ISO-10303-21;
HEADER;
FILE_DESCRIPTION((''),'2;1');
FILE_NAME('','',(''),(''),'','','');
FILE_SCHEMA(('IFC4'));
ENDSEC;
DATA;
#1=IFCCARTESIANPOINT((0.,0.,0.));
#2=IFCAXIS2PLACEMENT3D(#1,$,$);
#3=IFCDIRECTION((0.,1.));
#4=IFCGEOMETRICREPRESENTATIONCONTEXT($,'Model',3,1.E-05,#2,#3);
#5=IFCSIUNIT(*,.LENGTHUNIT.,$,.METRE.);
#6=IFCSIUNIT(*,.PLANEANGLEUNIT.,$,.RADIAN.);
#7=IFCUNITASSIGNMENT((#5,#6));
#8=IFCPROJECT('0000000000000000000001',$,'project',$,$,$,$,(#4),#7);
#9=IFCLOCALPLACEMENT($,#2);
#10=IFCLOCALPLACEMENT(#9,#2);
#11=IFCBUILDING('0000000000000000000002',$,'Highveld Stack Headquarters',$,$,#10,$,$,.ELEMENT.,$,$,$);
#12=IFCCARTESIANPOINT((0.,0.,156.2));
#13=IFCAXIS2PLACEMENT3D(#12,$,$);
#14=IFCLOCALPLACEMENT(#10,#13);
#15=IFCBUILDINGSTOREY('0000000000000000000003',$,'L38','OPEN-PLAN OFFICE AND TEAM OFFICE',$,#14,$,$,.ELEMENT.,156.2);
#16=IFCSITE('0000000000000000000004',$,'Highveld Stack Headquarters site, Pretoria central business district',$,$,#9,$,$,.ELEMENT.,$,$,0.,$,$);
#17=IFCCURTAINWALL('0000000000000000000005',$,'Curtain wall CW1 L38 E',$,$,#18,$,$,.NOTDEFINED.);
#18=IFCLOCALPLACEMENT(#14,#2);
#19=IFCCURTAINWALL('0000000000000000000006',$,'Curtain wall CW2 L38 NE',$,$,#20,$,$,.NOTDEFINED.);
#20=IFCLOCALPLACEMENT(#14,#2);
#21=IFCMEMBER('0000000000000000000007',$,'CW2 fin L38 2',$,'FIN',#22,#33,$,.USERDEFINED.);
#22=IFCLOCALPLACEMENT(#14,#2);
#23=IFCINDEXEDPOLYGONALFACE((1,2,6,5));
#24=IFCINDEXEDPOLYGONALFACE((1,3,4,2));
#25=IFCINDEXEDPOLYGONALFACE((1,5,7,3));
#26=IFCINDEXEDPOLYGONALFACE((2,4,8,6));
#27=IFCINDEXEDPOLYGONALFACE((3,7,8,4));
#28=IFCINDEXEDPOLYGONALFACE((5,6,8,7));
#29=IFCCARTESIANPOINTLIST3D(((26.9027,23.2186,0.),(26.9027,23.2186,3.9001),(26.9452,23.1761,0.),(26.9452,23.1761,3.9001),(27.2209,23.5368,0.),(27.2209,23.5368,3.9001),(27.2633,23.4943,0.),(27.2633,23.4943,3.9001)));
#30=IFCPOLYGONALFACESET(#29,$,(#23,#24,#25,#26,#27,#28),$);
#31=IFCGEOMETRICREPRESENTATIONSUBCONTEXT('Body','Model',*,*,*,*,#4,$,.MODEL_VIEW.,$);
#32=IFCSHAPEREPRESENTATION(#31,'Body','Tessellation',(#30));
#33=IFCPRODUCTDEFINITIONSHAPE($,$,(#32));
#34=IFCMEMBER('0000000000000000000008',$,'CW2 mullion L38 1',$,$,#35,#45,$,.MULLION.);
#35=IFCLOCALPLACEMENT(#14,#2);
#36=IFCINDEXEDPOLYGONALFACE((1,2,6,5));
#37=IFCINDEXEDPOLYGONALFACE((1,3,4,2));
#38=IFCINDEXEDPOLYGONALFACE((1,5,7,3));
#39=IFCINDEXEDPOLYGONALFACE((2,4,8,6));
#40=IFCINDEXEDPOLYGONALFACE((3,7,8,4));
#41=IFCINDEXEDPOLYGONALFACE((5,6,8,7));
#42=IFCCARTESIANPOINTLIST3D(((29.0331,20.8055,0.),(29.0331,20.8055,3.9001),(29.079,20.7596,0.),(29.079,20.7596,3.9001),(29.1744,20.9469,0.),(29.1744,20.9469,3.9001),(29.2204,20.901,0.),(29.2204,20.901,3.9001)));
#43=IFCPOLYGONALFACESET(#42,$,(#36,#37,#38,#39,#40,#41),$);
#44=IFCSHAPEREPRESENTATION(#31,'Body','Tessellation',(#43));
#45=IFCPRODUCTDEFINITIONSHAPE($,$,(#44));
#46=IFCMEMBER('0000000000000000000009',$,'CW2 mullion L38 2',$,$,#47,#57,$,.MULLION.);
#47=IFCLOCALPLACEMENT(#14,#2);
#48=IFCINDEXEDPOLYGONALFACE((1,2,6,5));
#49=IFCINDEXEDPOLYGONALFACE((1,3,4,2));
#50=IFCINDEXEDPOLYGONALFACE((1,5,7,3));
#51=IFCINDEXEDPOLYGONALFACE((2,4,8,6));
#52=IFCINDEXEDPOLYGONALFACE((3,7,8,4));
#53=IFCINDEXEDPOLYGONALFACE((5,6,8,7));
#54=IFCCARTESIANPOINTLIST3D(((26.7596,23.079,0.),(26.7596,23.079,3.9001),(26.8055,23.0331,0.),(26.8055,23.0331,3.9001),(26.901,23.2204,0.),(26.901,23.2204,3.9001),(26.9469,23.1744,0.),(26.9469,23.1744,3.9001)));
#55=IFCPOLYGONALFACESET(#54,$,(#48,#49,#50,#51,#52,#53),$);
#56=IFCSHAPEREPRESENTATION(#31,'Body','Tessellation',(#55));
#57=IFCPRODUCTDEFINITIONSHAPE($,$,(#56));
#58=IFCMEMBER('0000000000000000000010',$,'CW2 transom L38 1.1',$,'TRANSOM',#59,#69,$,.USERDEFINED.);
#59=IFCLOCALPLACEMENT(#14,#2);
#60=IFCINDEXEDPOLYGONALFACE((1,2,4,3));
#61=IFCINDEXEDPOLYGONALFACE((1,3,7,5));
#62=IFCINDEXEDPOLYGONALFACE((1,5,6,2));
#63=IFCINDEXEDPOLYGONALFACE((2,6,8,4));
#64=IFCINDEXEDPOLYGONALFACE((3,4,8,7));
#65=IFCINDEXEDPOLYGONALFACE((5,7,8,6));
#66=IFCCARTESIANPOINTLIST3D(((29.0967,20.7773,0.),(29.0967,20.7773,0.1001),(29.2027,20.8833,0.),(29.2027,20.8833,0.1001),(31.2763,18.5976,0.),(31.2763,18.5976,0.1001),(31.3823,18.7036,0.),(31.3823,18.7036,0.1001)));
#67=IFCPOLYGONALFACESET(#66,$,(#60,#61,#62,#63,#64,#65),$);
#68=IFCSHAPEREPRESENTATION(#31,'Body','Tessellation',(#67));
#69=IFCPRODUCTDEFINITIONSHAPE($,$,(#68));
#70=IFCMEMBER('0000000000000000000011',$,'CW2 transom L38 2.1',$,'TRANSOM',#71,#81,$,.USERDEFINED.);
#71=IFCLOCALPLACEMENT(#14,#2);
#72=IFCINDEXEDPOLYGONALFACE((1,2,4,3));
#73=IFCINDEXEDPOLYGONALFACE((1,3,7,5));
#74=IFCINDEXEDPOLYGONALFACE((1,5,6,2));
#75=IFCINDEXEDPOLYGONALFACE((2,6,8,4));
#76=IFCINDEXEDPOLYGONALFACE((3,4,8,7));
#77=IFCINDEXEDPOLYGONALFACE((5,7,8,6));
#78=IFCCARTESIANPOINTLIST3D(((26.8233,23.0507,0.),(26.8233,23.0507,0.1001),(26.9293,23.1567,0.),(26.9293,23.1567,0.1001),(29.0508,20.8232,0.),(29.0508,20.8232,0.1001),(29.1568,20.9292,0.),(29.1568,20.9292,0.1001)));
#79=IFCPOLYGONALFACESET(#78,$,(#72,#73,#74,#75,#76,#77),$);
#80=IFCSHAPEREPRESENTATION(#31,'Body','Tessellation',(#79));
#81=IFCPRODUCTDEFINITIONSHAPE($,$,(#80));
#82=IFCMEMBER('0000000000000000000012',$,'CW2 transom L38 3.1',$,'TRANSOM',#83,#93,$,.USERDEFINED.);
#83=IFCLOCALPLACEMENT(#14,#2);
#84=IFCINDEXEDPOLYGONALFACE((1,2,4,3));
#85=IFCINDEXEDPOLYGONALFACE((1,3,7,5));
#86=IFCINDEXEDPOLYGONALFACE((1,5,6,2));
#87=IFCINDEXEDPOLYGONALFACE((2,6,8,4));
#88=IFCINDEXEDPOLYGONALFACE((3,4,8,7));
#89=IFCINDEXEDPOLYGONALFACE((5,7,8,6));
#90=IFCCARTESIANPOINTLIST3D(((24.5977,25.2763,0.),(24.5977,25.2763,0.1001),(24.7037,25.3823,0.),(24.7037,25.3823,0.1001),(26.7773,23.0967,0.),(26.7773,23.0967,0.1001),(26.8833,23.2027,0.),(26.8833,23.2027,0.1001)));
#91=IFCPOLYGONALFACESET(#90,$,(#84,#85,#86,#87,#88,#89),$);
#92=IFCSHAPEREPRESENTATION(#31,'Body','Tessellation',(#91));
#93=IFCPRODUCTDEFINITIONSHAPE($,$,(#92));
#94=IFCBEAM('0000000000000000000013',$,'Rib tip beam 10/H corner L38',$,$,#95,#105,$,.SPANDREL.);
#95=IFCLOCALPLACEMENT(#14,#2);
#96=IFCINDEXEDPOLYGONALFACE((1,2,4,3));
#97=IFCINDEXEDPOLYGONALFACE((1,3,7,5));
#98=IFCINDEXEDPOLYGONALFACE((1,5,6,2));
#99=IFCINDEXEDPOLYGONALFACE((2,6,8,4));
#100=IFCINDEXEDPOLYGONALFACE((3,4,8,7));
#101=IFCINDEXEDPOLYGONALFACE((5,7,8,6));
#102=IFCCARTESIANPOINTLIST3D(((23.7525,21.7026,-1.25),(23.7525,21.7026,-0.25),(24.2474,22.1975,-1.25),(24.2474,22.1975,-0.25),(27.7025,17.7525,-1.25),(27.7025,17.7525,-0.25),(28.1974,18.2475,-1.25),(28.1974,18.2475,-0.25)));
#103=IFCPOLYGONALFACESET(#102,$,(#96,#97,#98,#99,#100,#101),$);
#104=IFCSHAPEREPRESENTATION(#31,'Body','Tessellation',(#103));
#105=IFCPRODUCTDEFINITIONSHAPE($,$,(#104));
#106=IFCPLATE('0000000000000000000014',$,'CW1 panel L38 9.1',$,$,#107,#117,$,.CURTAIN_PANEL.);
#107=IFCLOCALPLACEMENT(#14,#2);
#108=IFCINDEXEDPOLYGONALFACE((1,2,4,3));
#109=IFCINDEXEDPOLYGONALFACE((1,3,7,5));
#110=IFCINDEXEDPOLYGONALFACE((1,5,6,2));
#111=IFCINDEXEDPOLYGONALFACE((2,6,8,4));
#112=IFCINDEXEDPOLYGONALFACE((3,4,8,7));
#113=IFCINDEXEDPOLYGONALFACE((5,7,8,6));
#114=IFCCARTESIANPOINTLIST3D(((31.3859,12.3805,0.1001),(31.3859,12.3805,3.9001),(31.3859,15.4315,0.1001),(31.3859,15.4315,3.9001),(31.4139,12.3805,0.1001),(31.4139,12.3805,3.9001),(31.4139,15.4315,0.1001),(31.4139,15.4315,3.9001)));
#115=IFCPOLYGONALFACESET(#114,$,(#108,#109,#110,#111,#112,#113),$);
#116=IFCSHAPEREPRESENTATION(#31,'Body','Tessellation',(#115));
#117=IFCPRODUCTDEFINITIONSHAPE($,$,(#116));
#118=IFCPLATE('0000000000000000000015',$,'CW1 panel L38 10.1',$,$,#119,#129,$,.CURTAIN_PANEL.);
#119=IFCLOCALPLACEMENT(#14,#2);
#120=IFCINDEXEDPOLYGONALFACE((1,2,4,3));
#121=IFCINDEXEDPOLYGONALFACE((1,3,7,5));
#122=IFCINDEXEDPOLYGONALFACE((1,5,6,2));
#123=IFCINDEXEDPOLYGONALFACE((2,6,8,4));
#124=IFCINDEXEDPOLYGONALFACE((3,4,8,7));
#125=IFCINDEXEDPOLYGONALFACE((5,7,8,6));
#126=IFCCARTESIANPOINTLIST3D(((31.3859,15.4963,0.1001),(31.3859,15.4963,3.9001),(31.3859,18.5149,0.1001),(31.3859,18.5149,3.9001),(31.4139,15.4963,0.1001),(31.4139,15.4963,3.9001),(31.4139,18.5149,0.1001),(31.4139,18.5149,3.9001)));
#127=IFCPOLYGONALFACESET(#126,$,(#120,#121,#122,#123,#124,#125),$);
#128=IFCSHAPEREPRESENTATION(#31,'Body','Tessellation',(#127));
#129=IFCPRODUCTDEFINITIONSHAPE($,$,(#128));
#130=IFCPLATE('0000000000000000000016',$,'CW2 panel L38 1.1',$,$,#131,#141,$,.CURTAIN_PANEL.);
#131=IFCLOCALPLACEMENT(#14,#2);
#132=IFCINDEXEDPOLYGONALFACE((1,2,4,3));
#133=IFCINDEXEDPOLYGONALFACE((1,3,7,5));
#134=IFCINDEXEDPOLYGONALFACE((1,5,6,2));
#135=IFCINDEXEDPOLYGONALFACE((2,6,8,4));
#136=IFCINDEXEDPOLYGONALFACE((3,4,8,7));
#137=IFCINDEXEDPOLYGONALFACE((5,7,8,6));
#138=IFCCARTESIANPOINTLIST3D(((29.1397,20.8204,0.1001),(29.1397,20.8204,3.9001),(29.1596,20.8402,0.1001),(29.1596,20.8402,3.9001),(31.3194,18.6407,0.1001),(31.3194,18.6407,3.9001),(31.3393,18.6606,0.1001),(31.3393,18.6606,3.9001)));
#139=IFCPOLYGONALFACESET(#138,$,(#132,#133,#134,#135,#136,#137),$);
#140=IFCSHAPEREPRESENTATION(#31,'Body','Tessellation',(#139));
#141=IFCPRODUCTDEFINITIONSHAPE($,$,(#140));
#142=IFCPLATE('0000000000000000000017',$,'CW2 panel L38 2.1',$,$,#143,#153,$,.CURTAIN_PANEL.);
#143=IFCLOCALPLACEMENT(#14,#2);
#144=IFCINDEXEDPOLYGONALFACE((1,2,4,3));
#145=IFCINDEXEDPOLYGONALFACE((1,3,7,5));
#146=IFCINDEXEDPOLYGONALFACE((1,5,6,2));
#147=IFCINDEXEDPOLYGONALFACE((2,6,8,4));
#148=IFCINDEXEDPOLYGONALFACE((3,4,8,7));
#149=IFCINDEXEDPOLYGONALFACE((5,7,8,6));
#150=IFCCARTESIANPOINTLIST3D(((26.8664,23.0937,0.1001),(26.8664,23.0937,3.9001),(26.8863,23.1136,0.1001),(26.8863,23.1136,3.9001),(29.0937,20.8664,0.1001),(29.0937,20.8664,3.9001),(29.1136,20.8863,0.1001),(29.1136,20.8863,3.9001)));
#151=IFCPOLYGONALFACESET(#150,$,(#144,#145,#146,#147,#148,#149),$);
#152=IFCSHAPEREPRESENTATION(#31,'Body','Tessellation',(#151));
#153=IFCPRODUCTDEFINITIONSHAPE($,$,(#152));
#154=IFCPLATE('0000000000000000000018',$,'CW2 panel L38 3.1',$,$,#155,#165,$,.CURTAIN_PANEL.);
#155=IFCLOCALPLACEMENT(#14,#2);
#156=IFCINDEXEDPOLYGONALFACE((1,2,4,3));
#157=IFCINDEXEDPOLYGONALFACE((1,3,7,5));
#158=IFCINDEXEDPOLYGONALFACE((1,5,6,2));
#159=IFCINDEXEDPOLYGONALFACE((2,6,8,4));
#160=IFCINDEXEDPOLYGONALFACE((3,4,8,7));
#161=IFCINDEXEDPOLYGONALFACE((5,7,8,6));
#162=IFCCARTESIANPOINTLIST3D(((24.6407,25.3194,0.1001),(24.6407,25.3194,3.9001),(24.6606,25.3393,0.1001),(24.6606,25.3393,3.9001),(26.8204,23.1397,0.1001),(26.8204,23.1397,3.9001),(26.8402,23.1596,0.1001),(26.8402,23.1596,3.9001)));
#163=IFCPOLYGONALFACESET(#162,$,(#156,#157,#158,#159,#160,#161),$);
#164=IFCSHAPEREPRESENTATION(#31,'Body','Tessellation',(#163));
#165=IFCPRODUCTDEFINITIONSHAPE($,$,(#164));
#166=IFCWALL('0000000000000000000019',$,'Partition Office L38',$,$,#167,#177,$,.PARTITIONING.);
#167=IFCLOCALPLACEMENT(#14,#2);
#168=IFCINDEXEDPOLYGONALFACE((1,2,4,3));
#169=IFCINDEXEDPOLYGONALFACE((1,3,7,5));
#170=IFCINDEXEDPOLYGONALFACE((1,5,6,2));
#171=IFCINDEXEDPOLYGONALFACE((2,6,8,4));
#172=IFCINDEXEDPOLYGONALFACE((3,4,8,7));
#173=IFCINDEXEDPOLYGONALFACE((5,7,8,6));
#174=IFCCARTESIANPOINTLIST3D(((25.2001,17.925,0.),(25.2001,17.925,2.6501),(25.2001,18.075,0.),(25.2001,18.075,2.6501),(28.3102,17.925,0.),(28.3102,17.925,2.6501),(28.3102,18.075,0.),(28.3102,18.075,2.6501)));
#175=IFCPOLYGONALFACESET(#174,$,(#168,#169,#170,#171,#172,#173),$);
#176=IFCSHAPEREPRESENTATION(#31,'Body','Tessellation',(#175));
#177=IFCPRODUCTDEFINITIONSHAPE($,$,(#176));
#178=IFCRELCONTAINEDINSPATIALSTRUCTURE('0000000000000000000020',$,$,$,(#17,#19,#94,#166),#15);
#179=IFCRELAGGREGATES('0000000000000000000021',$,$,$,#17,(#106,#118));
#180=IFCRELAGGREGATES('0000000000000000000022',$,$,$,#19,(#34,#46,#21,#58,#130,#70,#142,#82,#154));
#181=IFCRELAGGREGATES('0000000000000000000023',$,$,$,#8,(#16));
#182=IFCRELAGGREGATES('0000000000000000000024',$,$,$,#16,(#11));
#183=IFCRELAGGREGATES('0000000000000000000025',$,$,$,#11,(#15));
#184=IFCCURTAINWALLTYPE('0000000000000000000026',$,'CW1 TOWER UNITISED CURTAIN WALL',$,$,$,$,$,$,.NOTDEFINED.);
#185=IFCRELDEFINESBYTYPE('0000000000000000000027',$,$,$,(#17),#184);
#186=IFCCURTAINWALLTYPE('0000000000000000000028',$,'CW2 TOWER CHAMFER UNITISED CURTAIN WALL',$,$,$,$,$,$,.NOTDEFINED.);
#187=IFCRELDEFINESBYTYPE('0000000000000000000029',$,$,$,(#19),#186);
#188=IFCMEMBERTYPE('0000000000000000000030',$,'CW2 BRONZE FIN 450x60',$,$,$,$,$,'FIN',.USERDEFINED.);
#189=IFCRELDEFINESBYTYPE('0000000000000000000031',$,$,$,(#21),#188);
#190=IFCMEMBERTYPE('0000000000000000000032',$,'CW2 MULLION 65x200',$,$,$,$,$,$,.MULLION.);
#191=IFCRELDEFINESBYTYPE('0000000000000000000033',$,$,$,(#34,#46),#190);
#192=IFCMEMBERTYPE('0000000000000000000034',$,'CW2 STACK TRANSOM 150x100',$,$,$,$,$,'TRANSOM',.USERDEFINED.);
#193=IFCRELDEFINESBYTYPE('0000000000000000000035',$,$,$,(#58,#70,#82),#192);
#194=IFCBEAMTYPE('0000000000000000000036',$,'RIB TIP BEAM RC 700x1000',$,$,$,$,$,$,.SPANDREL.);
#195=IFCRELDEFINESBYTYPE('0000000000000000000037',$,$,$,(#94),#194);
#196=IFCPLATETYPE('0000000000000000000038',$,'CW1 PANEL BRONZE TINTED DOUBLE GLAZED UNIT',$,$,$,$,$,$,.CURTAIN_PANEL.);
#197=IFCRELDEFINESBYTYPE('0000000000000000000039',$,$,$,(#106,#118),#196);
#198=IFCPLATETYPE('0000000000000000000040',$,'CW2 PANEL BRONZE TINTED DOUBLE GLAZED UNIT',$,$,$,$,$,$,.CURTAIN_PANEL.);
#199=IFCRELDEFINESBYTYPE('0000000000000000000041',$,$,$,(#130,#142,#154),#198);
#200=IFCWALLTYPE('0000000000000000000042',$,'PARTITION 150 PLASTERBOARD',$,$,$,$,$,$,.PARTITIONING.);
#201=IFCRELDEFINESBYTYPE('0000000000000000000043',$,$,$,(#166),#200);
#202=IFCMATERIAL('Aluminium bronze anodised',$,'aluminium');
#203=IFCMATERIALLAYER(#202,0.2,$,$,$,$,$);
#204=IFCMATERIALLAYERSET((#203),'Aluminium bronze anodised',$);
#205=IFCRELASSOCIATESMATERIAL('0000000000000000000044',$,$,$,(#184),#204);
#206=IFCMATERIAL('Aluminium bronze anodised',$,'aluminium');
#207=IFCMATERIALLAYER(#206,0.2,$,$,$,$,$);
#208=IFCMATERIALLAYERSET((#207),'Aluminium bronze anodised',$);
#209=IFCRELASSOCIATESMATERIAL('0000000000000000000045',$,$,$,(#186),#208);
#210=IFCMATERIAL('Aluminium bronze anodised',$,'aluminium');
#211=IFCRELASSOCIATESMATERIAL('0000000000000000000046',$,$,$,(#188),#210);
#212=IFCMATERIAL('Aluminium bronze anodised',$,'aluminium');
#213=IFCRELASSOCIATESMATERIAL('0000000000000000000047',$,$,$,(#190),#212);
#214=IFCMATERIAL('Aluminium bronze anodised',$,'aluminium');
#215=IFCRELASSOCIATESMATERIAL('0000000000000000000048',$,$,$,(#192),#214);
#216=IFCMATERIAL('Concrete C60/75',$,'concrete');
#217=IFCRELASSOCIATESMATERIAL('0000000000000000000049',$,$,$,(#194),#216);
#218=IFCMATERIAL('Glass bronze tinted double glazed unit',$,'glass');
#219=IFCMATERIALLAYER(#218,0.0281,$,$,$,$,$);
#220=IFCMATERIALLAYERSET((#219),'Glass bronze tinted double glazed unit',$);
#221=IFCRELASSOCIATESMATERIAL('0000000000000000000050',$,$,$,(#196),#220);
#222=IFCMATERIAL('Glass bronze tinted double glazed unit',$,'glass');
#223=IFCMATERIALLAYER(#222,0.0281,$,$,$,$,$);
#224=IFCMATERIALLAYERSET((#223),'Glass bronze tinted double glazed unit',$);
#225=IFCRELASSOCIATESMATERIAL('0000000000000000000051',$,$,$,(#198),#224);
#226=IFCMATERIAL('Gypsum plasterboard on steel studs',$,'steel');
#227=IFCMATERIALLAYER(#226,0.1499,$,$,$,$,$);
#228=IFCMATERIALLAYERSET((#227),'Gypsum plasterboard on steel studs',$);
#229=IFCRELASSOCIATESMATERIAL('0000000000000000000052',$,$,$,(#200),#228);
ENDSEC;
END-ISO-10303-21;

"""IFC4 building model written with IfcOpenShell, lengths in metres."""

from ifc_helpers import new_model, si_unit, direction, frame, frame_2d, origin, origin_2d, place, context, subcontext, project, spatial, rectangle, extrude, material, layer, layer_set, material_profile, profile_set, type_object, element, aggregate, save


model = new_model("IFC4")

# Units and contexts
model_context = context("Model", 3, precision=1e-05, world=origin(), true_north=direction((0.0, 1.0)))
body_context = subcontext(model_context, "Body", "Model", "MODEL_VIEW")
ifc_project = project(units=[si_unit("LENGTHUNIT", "METRE"), si_unit("PLANEANGLEUNIT", "RADIAN")], contexts=[model_context])

# Site, building, storey
site_placement = place(None, origin())
site = spatial("IfcSite", under=ifc_project, at=site_placement, Name="Highveld Stack Headquarters site, Pretoria central business district", CompositionType="ELEMENT", RefElevation=0.0)
building_placement = place(site_placement, origin())
building = spatial("IfcBuilding", under=site, at=building_placement, Name="Highveld Stack Headquarters", CompositionType="ELEMENT")
storey_placement = place(building_placement, frame((0.0, 0.0, 156.2)))
storey = spatial("IfcBuildingStorey", under=building, at=storey_placement, Name="L38", Description="OPEN-PLAN OFFICE AND TEAM OFFICE", CompositionType="ELEMENT", Elevation=156.2)

# Curtain wall
ifc_material_1 = material(Name="Aluminium bronze anodised", Category="aluminium")
ifc_layer_1 = layer(ifc_material_1, 0.2)
ifc_layer_set_1 = layer_set([ifc_layer_1], Name="Aluminium bronze anodised")
curtain_wall_type_1 = type_object("IfcCurtainWallType", Name="CW1 TOWER UNITISED CURTAIN WALL", PredefinedType="NOTDEFINED", material=ifc_layer_set_1)
curtain_wall_1_placement = place(storey_placement, origin())
curtain_wall_1 = element("IfcCurtainWall", 1, at=curtain_wall_1_placement, inside=storey, type_object=curtain_wall_type_1, Name="Curtain wall CW1 L38 E", PredefinedType="NOTDEFINED")

# Curtain wall, members
ifc_material_2 = material(Name="Aluminium bronze anodised", Category="aluminium")
ifc_layer_2 = layer(ifc_material_2, 0.2)
ifc_layer_set_2 = layer_set([ifc_layer_2], Name="Aluminium bronze anodised")
curtain_wall_type_2 = type_object("IfcCurtainWallType", Name="CW2 TOWER CHAMFER UNITISED CURTAIN WALL", PredefinedType="NOTDEFINED", material=ifc_layer_set_2)
curtain_wall_2_placement = place(storey_placement, origin())
curtain_wall_2 = element("IfcCurtainWall", 2, at=curtain_wall_2_placement, inside=storey, type_object=curtain_wall_type_2, Name="Curtain wall CW2 L38 NE", PredefinedType="NOTDEFINED")
ifc_material_3 = material(Name="Aluminium bronze anodised", Category="aluminium")
ifc_material_profile_1 = material_profile(ifc_material_3, rectangle(XDim=0.45, YDim=0.0601, at=origin_2d()), Name="FIN 450x60")
ifc_profile_set_1 = profile_set([ifc_material_profile_1], Name="Aluminium bronze anodised")
member_type_1 = type_object("IfcMemberType", Name="CW2 BRONZE FIN 450x60", ElementType="FIN", PredefinedType="USERDEFINED", material=ifc_profile_set_1)
member_1_placement = place(storey_placement, frame((27.083, 23.3564, 0.0), z_axis=(0.0, 0.0, 1.0), x_axis=(-0.707107, -0.707107, 0.0)))
member_1 = element("IfcMember", 3, at=member_1_placement, type_object=member_type_1, Name="CW2 fin L38 2", ObjectType="FIN", PredefinedType="USERDEFINED", context=body_context, shape_type="SweptSolid", body=[
    extrude(rectangle(XDim=0.45, YDim=0.0601, at=origin_2d()), origin(), (0.0, 0.0, 1.0), 3.9001),
])
ifc_material_4 = material(Name="Aluminium bronze anodised", Category="aluminium")
ifc_material_profile_2 = material_profile(ifc_material_4, rectangle(XDim=0.2, YDim=0.0649, at=origin_2d()), Name="CW2 MULLION 65x200")
ifc_profile_set_2 = profile_set([ifc_material_profile_2], Name="Aluminium bronze anodised")
member_type_2 = type_object("IfcMemberType", Name="CW2 MULLION 65x200", PredefinedType="MULLION", material=ifc_profile_set_2)
member_2_placement = place(storey_placement, frame((29.1267, 20.8533, 0.0), z_axis=(0.0, 0.0, 1.0), x_axis=(-0.707107, -0.707107, 0.0)))
member_2 = element("IfcMember", 4, at=member_2_placement, type_object=member_type_2, Name="CW2 mullion L38 1", PredefinedType="MULLION", context=body_context, shape_type="SweptSolid", body=[
    extrude(rectangle(XDim=0.2, YDim=0.0649, at=origin_2d()), origin(), (0.0, 0.0, 1.0), 3.9001),
])
member_3_placement = place(storey_placement, frame((26.8533, 23.1267, 0.0), z_axis=(0.0, 0.0, 1.0), x_axis=(-0.707107, -0.707107, 0.0)))
member_3 = element("IfcMember", 5, at=member_3_placement, type_object=member_type_2, Name="CW2 mullion L38 2", PredefinedType="MULLION", context=body_context, shape_type="SweptSolid", body=[
    extrude(rectangle(XDim=0.2, YDim=0.0649, at=origin_2d()), origin(), (0.0, 0.0, 1.0), 3.9001),
])
ifc_material_5 = material(Name="Aluminium bronze anodised", Category="aluminium")
ifc_material_profile_3 = material_profile(ifc_material_5, rectangle(XDim=0.1499, YDim=0.1001, at=origin_2d()), Name="CW2 TRANSOM 150x100")
ifc_profile_set_3 = profile_set([ifc_material_profile_3], Name="Aluminium bronze anodised")
member_type_3 = type_object("IfcMemberType", Name="CW2 STACK TRANSOM 150x100", ElementType="TRANSOM", PredefinedType="USERDEFINED", material=ifc_profile_set_3)
member_4_placement = place(storey_placement, frame((31.3293, 18.6506, 0.05), z_axis=(-0.707107, 0.707107, 0.0), x_axis=(-0.707107, -0.707107, 0.0)))
member_4 = element("IfcMember", 6, at=member_4_placement, type_object=member_type_3, Name="CW2 transom L38 1.1", ObjectType="TRANSOM", PredefinedType="USERDEFINED", context=body_context, shape_type="SweptSolid", body=[
    extrude(rectangle(XDim=0.1499, YDim=0.1001, at=origin_2d()), origin(), (0.0, 0.0, 1.0), 3.0825),
])
member_5_placement = place(storey_placement, frame((29.1038, 20.8762, 0.05), z_axis=(-0.707107, 0.707107, 0.0), x_axis=(-0.707107, -0.707107, 0.0)))
member_5 = element("IfcMember", 7, at=member_5_placement, type_object=member_type_3, Name="CW2 transom L38 2.1", ObjectType="TRANSOM", PredefinedType="USERDEFINED", context=body_context, shape_type="SweptSolid", body=[
    extrude(rectangle(XDim=0.1499, YDim=0.1001, at=origin_2d()), origin(), (0.0, 0.0, 1.0), 3.1501),
])
member_6_placement = place(storey_placement, frame((26.8303, 23.1497, 0.05), z_axis=(-0.707107, 0.707107, 0.0), x_axis=(-0.707107, -0.707107, 0.0)))
member_6 = element("IfcMember", 8, at=member_6_placement, type_object=member_type_3, Name="CW2 transom L38 3.1", ObjectType="TRANSOM", PredefinedType="USERDEFINED", context=body_context, shape_type="SweptSolid", body=[
    extrude(rectangle(XDim=0.1499, YDim=0.1001, at=origin_2d()), origin(), (0.0, 0.0, 1.0), 3.0825),
])

# Beam
ifc_material_6 = material(Name="Concrete C60/75", Category="concrete")
ifc_material_profile_4 = material_profile(ifc_material_6, rectangle(XDim=0.7, YDim=1.0, at=origin_2d()), Name="RC 700x1000")
ifc_profile_set_4 = profile_set([ifc_material_profile_4], Name="Concrete C60/75")
beam_type_1 = type_object("IfcBeamType", Name="RIB TIP BEAM RC 700x1000", PredefinedType="SPANDREL", material=ifc_profile_set_4)
beam_1_placement = place(storey_placement, frame((27.95, 18.0, -0.75), z_axis=(-0.707107, 0.707107, 0.0), x_axis=(-0.707107, -0.707107, 0.0)))
element("IfcBeam", 9, at=beam_1_placement, inside=storey, type_object=beam_type_1, Name="Rib tip beam 10/H corner L38", PredefinedType="SPANDREL", context=body_context, shape_type="SweptSolid", body=[
    extrude(rectangle(XDim=0.7, YDim=1.0, at=origin_2d()), origin(), (0.0, 0.0, 1.0), 5.5862),
])

# Plates
ifc_material_7 = material(Name="Glass bronze tinted double glazed unit", Category="glass")
ifc_layer_3 = layer(ifc_material_7, 0.0281)
ifc_layer_set_3 = layer_set([ifc_layer_3], Name="Glass bronze tinted double glazed unit")
plate_type_1 = type_object("IfcPlateType", Name="CW1 PANEL BRONZE TINTED DOUBLE GLAZED UNIT", PredefinedType="CURTAIN_PANEL", material=ifc_layer_set_3)
plate_1_placement = place(storey_placement, frame((31.3999, 13.906, 0.1001), z_axis=(0.0, 0.0, 1.0), x_axis=(0.0, 1.0, 0.0)))
plate_1 = element("IfcPlate", 10, at=plate_1_placement, type_object=plate_type_1, Name="CW1 panel L38 9.1", PredefinedType="CURTAIN_PANEL", context=body_context, shape_type="SweptSolid", body=[
    extrude(rectangle(XDim=3.051, YDim=0.0281, at=origin_2d()), origin(), (0.0, 0.0, 1.0), 3.8),
])
plate_2_placement = place(storey_placement, frame((31.3999, 17.0056, 0.1001), z_axis=(0.0, 0.0, 1.0), x_axis=(0.0, 1.0, 0.0)))
plate_2 = element("IfcPlate", 11, at=plate_2_placement, type_object=plate_type_1, Name="CW1 panel L38 10.1", PredefinedType="CURTAIN_PANEL", context=body_context, shape_type="SweptSolid", body=[
    extrude(rectangle(XDim=3.0186, YDim=0.0281, at=origin_2d()), origin(), (0.0, 0.0, 1.0), 3.8),
])
aggregate(curtain_wall_1, [plate_1, plate_2])
ifc_material_8 = material(Name="Glass bronze tinted double glazed unit", Category="glass")
ifc_layer_4 = layer(ifc_material_8, 0.0281)
ifc_layer_set_4 = layer_set([ifc_layer_4], Name="Glass bronze tinted double glazed unit")
plate_type_2 = type_object("IfcPlateType", Name="CW2 PANEL BRONZE TINTED DOUBLE GLAZED UNIT", PredefinedType="CURTAIN_PANEL", material=ifc_layer_set_4)
plate_3_placement = place(storey_placement, frame((30.2395, 19.7405, 0.1001), z_axis=(0.0, 0.0, 1.0), x_axis=(-0.707107, 0.707107, 0.0)))
plate_3 = element("IfcPlate", 12, at=plate_3_placement, type_object=plate_type_2, Name="CW2 panel L38 1.1", PredefinedType="CURTAIN_PANEL", context=body_context, shape_type="SweptSolid", body=[
    extrude(rectangle(XDim=3.0825, YDim=0.0281, at=origin_2d()), origin(), (0.0, 0.0, 1.0), 3.8),
])
plate_4_placement = place(storey_placement, frame((27.99, 21.99, 0.1001), z_axis=(0.0, 0.0, 1.0), x_axis=(-0.707107, 0.707107, 0.0)))
plate_4 = element("IfcPlate", 13, at=plate_4_placement, type_object=plate_type_2, Name="CW2 panel L38 2.1", PredefinedType="CURTAIN_PANEL", context=body_context, shape_type="SweptSolid", body=[
    extrude(rectangle(XDim=3.1499, YDim=0.0281, at=origin_2d()), origin(), (0.0, 0.0, 1.0), 3.8),
])
plate_5_placement = place(storey_placement, frame((25.7405, 24.2395, 0.1001), z_axis=(0.0, 0.0, 1.0), x_axis=(-0.707107, 0.707107, 0.0)))
plate_5 = element("IfcPlate", 14, at=plate_5_placement, type_object=plate_type_2, Name="CW2 panel L38 3.1", PredefinedType="CURTAIN_PANEL", context=body_context, shape_type="SweptSolid", body=[
    extrude(rectangle(XDim=3.0825, YDim=0.0281, at=origin_2d()), origin(), (0.0, 0.0, 1.0), 3.8),
])
aggregate(curtain_wall_2, [member_2, member_3, member_1, member_4, plate_3, member_5, plate_4, member_6, plate_5])

# Wall
ifc_material_9 = material(Name="Gypsum plasterboard on steel studs", Category="steel")
ifc_layer_5 = layer(ifc_material_9, 0.1499)
ifc_layer_set_5 = layer_set([ifc_layer_5], Name="Gypsum plasterboard on steel studs")
wall_type = type_object("IfcWallType", Name="PARTITION 150 PLASTERBOARD", PredefinedType="PARTITIONING", material=ifc_layer_set_5)
wall_1_placement = place(storey_placement, frame((25.2, 18.0, 0.0), z_axis=(0.0, 0.0, 1.0), x_axis=(1.0, 0.0, 0.0)))
element("IfcWall", 15, at=wall_1_placement, inside=storey, type_object=wall_type, Name="Partition Office L38", PredefinedType="PARTITIONING", context=body_context, shape_type="SweptSolid", body=[
    extrude(rectangle(XDim=3.1101, YDim=0.1499, at=frame_2d((1.5552, 0.0))), origin(), (0.0, 0.0, 1.0), 2.6501),
])

save(model, "model.ifc")
